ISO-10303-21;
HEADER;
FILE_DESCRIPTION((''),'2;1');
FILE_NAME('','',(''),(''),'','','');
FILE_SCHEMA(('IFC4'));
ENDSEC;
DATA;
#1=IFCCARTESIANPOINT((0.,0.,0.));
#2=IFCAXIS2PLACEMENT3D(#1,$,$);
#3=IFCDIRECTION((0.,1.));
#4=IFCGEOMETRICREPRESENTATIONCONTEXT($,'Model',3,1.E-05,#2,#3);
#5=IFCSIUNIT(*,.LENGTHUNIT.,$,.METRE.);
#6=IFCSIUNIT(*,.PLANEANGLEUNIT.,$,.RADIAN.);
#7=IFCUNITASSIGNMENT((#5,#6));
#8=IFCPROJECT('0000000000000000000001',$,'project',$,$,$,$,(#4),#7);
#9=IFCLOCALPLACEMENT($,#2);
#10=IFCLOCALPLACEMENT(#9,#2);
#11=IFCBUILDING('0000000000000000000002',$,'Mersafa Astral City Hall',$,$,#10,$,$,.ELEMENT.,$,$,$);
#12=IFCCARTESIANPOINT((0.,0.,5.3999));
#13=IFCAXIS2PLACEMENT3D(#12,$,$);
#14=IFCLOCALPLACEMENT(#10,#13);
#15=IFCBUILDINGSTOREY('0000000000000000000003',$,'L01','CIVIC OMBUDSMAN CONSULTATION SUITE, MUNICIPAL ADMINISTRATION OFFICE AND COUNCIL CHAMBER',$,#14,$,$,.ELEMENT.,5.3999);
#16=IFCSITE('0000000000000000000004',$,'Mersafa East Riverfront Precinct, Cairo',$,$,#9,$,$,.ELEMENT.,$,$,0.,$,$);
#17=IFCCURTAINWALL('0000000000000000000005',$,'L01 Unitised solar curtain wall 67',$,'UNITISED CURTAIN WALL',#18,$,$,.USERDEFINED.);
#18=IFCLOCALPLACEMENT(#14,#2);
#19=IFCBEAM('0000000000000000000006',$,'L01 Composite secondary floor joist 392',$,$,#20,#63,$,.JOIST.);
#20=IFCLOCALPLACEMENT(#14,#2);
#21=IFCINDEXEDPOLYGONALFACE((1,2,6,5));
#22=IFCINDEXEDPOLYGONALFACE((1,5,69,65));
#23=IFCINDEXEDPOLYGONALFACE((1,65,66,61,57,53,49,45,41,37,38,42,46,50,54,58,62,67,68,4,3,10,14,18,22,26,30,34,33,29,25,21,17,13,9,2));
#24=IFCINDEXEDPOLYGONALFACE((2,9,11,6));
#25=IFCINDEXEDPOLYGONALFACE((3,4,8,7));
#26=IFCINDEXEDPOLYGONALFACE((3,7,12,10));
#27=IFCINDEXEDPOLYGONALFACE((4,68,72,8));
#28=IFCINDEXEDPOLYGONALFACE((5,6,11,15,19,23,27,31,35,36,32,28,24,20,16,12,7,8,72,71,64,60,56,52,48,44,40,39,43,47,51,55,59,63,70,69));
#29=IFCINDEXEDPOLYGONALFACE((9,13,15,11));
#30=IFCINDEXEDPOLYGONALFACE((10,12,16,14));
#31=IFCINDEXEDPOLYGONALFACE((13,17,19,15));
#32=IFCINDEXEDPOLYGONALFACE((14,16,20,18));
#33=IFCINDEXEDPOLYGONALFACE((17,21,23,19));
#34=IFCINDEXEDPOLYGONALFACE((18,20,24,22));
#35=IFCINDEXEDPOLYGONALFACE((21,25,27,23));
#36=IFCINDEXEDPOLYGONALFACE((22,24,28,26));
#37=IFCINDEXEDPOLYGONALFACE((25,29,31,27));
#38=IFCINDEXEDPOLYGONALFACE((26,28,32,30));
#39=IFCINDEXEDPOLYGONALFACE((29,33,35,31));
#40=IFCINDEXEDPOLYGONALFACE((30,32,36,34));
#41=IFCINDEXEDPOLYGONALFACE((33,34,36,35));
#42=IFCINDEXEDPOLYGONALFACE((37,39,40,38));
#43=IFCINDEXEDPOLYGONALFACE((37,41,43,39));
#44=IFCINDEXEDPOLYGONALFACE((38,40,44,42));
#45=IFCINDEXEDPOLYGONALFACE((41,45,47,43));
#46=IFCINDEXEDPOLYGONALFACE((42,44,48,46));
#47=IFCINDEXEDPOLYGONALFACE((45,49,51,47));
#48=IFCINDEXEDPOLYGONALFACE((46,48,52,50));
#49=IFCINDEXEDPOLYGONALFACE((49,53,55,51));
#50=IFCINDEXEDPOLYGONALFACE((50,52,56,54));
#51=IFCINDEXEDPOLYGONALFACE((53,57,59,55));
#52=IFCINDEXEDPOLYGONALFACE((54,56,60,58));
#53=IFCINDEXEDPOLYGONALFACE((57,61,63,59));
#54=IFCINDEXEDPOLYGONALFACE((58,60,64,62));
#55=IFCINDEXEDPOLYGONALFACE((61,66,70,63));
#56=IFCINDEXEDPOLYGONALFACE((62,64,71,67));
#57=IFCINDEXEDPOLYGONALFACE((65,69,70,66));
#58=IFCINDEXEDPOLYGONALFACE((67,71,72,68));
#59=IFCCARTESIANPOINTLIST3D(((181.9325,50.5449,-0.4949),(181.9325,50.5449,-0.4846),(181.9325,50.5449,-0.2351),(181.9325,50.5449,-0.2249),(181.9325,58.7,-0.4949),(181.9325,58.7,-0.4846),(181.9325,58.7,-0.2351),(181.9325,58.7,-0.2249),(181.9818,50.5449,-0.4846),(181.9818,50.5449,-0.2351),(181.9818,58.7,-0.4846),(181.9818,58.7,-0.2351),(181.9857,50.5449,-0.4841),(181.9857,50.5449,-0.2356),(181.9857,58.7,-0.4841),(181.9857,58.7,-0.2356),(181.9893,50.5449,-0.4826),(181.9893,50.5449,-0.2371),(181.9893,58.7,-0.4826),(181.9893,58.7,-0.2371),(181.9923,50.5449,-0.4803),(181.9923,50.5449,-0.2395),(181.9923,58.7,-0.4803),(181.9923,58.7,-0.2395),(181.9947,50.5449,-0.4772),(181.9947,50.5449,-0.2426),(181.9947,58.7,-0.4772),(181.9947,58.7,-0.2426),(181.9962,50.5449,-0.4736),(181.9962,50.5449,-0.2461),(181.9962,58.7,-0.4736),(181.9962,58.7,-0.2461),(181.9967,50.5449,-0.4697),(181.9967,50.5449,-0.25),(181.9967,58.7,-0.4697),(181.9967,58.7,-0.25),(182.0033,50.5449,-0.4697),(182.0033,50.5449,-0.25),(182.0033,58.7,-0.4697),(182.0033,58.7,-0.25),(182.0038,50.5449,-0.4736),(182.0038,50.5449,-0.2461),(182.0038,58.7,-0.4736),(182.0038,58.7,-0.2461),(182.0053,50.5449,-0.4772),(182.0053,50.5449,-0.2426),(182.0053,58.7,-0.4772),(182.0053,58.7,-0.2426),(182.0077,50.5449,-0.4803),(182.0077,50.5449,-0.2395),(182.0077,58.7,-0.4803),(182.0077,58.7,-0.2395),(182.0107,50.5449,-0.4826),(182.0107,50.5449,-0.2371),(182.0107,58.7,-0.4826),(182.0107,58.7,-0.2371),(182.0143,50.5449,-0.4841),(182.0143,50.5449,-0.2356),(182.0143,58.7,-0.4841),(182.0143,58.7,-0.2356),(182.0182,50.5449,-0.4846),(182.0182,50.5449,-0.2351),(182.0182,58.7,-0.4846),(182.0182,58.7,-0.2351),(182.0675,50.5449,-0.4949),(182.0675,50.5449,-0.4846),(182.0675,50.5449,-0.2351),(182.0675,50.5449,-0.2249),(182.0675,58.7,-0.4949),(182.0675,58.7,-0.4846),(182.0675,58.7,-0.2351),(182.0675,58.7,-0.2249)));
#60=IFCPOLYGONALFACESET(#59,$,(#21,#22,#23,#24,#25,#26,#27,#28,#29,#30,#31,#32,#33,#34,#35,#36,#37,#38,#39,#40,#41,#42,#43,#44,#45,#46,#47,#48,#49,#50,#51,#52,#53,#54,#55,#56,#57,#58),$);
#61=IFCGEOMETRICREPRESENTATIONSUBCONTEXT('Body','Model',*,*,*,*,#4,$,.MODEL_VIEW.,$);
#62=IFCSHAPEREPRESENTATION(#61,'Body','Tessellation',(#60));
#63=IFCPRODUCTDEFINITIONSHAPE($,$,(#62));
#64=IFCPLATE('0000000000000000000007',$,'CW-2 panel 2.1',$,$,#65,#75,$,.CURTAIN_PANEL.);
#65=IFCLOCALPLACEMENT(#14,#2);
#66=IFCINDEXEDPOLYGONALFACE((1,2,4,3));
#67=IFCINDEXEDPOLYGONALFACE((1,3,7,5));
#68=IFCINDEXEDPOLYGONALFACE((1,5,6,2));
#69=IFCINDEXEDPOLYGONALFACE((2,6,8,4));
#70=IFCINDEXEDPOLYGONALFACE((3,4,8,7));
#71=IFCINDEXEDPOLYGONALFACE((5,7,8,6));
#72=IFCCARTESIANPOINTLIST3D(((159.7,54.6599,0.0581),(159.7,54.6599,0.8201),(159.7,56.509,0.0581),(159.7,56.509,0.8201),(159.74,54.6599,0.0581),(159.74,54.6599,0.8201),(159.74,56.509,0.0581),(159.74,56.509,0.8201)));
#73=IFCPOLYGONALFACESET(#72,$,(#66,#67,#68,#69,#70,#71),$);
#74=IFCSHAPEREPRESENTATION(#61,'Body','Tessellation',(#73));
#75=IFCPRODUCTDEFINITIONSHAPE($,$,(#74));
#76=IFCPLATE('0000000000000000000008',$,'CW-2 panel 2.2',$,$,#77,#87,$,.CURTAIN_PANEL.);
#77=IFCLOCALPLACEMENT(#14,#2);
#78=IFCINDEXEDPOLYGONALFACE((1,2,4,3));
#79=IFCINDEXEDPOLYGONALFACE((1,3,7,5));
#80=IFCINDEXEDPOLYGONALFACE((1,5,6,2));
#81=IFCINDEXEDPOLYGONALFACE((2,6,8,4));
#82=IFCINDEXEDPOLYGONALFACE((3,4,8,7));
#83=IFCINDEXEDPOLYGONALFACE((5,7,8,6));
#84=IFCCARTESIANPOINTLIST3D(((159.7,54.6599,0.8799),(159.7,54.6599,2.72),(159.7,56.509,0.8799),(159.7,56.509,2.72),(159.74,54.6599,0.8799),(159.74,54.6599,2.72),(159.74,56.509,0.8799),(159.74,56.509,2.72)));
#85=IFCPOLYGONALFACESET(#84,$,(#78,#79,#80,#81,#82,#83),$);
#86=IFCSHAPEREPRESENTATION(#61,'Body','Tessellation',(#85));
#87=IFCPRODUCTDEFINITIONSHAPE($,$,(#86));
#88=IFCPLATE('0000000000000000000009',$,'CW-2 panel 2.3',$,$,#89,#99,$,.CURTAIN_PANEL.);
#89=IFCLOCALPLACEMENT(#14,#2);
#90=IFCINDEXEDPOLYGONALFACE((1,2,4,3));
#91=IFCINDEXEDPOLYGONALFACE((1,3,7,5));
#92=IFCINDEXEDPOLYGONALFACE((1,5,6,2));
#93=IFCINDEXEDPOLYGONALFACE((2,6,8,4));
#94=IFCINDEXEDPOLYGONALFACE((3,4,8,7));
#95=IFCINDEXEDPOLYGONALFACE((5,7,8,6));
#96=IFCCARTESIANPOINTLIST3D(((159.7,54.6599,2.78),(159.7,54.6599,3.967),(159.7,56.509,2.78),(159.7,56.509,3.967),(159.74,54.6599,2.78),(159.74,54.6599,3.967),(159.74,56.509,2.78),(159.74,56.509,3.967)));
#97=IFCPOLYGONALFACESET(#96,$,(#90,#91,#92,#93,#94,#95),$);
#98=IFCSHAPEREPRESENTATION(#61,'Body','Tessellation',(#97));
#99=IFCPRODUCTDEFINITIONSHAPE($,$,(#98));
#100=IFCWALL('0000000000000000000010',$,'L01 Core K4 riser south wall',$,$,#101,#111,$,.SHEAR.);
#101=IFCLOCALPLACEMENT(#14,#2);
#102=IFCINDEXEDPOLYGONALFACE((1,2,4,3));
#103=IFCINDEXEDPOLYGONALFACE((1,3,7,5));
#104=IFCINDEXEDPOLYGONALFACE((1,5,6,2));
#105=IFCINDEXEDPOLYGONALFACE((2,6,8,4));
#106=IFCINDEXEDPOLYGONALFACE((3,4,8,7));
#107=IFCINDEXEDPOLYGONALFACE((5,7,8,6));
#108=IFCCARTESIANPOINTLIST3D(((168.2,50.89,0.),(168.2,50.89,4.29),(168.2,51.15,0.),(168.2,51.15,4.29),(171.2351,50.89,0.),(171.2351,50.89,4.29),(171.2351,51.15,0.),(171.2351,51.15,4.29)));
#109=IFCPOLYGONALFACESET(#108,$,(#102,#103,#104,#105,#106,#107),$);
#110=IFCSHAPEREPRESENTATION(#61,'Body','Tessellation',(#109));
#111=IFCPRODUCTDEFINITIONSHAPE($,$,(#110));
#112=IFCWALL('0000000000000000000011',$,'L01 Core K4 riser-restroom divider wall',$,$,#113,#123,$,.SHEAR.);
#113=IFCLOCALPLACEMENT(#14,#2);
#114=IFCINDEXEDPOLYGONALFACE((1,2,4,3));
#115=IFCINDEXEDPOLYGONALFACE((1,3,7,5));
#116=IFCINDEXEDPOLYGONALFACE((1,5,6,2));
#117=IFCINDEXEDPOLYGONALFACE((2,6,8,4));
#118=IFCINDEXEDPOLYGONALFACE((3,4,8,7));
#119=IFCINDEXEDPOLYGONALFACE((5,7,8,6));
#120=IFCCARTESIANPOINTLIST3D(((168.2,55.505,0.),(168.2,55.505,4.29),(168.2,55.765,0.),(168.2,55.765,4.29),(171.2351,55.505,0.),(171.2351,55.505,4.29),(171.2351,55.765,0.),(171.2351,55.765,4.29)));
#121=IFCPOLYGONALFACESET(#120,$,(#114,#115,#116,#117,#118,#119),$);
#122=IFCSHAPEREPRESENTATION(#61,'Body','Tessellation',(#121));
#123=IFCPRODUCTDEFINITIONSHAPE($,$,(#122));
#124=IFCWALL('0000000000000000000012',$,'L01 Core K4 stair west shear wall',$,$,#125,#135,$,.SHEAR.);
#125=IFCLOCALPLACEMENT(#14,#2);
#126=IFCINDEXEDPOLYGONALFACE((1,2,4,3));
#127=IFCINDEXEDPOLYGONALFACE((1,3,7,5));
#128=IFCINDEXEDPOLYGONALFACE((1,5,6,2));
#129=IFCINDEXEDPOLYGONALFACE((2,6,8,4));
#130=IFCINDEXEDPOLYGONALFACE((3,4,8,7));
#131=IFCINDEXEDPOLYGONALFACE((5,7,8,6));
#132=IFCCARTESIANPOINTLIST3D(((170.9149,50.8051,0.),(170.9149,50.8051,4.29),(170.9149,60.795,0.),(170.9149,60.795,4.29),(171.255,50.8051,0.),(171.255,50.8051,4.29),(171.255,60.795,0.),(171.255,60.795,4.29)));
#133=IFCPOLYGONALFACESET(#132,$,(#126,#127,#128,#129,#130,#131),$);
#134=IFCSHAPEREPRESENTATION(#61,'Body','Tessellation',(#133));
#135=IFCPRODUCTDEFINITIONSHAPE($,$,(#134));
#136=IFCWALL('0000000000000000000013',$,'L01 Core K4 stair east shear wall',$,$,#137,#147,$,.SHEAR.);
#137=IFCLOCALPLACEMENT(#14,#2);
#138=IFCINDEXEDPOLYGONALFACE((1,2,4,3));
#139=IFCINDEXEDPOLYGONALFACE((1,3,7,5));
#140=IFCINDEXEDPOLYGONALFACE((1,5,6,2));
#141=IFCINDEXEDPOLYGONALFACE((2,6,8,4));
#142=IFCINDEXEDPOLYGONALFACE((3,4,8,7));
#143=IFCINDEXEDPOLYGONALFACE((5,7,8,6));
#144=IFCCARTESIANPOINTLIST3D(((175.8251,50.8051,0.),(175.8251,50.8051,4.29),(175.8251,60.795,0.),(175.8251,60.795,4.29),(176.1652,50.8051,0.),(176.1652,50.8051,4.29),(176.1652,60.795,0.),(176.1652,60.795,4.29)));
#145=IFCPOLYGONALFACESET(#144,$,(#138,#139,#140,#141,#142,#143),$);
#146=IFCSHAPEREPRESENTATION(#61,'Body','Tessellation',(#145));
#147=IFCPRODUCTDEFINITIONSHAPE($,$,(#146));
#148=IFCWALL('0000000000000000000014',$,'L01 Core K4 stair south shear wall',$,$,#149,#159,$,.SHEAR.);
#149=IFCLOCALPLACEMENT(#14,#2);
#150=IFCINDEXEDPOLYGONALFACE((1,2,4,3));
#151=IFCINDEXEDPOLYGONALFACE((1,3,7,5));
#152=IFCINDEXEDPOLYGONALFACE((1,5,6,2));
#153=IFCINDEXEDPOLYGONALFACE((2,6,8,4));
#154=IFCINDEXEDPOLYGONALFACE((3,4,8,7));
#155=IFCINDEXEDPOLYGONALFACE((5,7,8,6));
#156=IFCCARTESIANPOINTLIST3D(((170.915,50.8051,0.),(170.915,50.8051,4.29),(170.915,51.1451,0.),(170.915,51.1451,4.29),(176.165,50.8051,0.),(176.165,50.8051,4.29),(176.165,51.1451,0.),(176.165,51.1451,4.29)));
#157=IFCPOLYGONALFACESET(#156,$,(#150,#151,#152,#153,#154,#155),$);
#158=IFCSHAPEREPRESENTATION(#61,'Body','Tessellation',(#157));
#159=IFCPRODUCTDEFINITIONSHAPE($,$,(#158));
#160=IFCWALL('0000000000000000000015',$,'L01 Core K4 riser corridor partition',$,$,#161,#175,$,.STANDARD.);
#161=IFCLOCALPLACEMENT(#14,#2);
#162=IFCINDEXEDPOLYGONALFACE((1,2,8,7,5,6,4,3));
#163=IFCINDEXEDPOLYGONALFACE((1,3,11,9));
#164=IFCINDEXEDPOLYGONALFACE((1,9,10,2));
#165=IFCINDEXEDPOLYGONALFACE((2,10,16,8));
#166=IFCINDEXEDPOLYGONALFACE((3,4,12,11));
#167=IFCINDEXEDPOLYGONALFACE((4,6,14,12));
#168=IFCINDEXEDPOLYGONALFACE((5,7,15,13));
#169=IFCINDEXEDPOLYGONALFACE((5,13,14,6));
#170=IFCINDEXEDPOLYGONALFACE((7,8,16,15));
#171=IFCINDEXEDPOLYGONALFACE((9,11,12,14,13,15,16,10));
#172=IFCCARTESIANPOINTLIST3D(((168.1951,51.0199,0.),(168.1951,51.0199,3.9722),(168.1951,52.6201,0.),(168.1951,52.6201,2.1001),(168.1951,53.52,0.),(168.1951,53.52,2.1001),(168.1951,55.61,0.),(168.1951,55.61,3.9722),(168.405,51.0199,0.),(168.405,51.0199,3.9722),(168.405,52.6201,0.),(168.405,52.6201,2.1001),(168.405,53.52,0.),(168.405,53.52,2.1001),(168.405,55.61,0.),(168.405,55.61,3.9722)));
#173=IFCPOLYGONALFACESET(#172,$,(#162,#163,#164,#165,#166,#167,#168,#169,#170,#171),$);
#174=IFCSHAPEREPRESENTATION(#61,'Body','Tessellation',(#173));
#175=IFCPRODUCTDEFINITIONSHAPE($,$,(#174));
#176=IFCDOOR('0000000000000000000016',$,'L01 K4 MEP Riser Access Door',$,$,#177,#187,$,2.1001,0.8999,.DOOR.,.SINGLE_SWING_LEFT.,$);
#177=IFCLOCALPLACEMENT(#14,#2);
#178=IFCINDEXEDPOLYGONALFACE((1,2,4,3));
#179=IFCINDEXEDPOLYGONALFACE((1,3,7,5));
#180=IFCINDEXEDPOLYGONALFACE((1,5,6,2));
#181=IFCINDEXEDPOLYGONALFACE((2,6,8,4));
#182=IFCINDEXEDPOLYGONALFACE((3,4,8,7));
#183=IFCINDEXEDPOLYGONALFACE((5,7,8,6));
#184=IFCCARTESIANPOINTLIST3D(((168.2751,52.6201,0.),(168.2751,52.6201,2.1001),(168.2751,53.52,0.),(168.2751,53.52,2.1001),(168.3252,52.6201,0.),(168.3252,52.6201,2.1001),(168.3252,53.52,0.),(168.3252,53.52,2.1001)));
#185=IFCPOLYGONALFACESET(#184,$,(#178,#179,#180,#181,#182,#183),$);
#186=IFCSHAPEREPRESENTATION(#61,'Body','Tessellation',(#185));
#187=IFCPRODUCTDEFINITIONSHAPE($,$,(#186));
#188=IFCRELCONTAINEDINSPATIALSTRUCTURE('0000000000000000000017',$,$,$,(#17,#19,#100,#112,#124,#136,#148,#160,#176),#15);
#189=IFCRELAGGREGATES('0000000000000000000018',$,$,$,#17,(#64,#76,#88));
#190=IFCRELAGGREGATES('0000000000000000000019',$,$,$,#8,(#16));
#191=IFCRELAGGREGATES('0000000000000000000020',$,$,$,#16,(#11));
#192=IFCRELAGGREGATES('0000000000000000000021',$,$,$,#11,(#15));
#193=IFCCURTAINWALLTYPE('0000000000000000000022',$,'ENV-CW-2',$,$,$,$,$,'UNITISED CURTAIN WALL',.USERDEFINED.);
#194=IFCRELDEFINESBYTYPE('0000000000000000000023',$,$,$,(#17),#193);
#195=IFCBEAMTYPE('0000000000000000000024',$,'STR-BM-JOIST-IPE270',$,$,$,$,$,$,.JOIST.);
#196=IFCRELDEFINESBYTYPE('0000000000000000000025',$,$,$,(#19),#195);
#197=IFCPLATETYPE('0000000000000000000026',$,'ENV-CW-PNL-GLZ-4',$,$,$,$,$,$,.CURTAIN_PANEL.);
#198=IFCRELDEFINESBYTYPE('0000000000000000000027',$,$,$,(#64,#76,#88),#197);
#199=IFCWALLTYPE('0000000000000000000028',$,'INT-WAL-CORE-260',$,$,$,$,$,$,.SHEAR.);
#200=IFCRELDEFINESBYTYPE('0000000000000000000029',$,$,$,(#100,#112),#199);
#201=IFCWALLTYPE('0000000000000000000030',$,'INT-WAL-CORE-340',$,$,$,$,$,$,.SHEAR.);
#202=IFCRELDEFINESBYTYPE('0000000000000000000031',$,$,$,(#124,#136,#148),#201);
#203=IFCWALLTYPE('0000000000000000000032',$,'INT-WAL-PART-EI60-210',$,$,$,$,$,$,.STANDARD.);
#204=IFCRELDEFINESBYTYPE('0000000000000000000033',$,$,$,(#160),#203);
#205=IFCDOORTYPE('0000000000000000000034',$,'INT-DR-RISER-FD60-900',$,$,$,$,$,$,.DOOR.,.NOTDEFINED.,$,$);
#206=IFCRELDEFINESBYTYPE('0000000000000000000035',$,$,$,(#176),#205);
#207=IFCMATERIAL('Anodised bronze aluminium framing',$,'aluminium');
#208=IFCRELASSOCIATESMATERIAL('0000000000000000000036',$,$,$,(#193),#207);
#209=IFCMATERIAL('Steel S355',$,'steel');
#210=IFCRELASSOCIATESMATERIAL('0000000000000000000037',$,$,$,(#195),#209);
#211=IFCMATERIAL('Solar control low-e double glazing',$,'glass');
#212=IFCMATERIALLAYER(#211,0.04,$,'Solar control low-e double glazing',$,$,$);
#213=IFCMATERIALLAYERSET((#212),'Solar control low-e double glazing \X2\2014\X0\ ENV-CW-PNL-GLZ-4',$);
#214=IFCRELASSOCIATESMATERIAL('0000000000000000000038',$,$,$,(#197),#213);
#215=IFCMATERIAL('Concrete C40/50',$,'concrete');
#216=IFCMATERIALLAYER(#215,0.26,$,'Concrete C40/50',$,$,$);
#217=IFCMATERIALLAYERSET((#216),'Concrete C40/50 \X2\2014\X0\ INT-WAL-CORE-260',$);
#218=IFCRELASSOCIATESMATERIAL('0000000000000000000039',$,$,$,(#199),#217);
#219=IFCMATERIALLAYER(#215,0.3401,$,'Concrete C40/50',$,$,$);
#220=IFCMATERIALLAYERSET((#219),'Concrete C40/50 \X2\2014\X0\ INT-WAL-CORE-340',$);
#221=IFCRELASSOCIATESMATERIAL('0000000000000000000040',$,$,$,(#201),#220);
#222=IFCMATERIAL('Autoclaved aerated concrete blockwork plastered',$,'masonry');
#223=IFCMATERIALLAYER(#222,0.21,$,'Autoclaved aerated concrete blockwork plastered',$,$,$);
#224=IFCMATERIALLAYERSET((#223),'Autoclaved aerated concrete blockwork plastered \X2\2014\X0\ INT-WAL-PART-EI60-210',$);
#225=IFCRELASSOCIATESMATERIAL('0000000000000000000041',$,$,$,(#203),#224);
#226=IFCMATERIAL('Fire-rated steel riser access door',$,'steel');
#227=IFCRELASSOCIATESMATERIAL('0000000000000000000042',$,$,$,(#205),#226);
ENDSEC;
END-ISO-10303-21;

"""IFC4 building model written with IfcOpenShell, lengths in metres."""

from ifc_helpers import new_model, si_unit, direction, frame, frame_2d, origin, origin_2d, place, context, subcontext, project, spatial, rectangle, i_section, extrude, material, layer, layer_set, material_profile, profile_set, type_object, element, fill, aggregate, save


model = new_model("IFC4")

# Units and contexts
model_context = context("Model", 3, precision=1e-05, world=origin(), true_north=direction((0.0, 1.0)))
body_context = subcontext(model_context, "Body", "Model", "MODEL_VIEW")
ifc_project = project(units=[si_unit("LENGTHUNIT", "METRE"), si_unit("PLANEANGLEUNIT", "RADIAN")], contexts=[model_context])

# Site, building, storey
site_placement = place(None, origin())
site = spatial("IfcSite", under=ifc_project, at=site_placement, Name="Mersafa East Riverfront Precinct, Cairo", CompositionType="ELEMENT", RefElevation=0.0)
building_placement = place(site_placement, origin())
building = spatial("IfcBuilding", under=site, at=building_placement, Name="Mersafa Astral City Hall", CompositionType="ELEMENT")
storey_placement = place(building_placement, frame((0.0, 0.0, 5.3999)))
storey = spatial("IfcBuildingStorey", under=building, at=storey_placement, Name="L01", Description="CIVIC OMBUDSMAN CONSULTATION SUITE, MUNICIPAL ADMINISTRATION OFFICE AND COUNCIL CHAMBER", CompositionType="ELEMENT", Elevation=5.3999)

# Shared definitions
ifc_material_1 = material(Name="Steel S355", Category="steel")

# Curtain wall
ifc_material_2 = material(Name="Anodised bronze aluminium framing", Category="aluminium")
curtain_wall_type = type_object("IfcCurtainWallType", Name="ENV-CW-2", ElementType="UNITISED CURTAIN WALL", PredefinedType="USERDEFINED", material=ifc_material_2)
curtain_wall_placement = place(storey_placement, origin())
curtain_wall = element("IfcCurtainWall", 1, at=curtain_wall_placement, inside=storey, type_object=curtain_wall_type, Name="L01 Unitised solar curtain wall 67", ObjectType="UNITISED CURTAIN WALL", PredefinedType="USERDEFINED")

# Beam
ifc_material_profile_1 = material_profile(ifc_material_1, i_section(OverallWidth=0.135, OverallDepth=0.27, WebThickness=0.0066, FlangeThickness=0.0103, FilletRadius=0.0149, at=origin_2d()), Name="IPE 270")
ifc_profile_set_1 = profile_set([ifc_material_profile_1], Name="Steel S355")
beam_type_1 = type_object("IfcBeamType", Name="STR-BM-JOIST-IPE270", PredefinedType="JOIST", material=ifc_profile_set_1)
for number, where, z_axis, x_axis, name in (
    (2, (182.0, 50.5449, -0.3599), (0.0, 1.0, 0.0), (-1.0, 0.0, 0.0), "L01 Composite secondary floor joist 392"),
):
    element("IfcBeam", number, at=place(storey_placement, frame(where, z_axis=z_axis, x_axis=x_axis)), inside=storey, type_object=beam_type_1, Name=name, PredefinedType="JOIST", context=body_context, shape_type="SweptSolid", body=[
        extrude(i_section(OverallWidth=0.135, OverallDepth=0.27, WebThickness=0.0066, FlangeThickness=0.0103, FilletRadius=0.0149, at=origin_2d()), origin(), (0.0, 0.0, 1.0), 8.155),
    ])

# Plates
ifc_material_3 = material(Name="Solar control low-e double glazing", Category="glass")
ifc_layer_1 = layer(ifc_material_3, 0.04, Name="Solar control low-e double glazing")
ifc_layer_set_1 = layer_set([ifc_layer_1], Name="Solar control low-e double glazing — ENV-CW-PNL-GLZ-4")
plate_type = type_object("IfcPlateType", Name="ENV-CW-PNL-GLZ-4", PredefinedType="CURTAIN_PANEL", material=ifc_layer_set_1)
plate_1_placement = place(storey_placement, frame((159.72, 55.5845, 0.0581), z_axis=(0.0, 0.0, 1.0), x_axis=(0.0, -1.0, 0.0)))
plate_1 = element("IfcPlate", 3, at=plate_1_placement, type_object=plate_type, Name="CW-2 panel 2.1", PredefinedType="CURTAIN_PANEL", context=body_context, shape_type="SweptSolid", body=[
    extrude(rectangle(XDim=1.8491, YDim=0.04, at=origin_2d()), origin(), (0.0, 0.0, 1.0), 0.762),
])
plate_2_placement = place(storey_placement, frame((159.72, 55.5845, 0.8799), z_axis=(0.0, 0.0, 1.0), x_axis=(0.0, -1.0, 0.0)))
plate_2 = element("IfcPlate", 4, at=plate_2_placement, type_object=plate_type, Name="CW-2 panel 2.2", PredefinedType="CURTAIN_PANEL", context=body_context, shape_type="SweptSolid", body=[
    extrude(rectangle(XDim=1.8491, YDim=0.04, at=origin_2d()), origin(), (0.0, 0.0, 1.0), 1.8401),
])
plate_3_placement = place(storey_placement, frame((159.72, 55.5845, 2.78), z_axis=(0.0, 0.0, 1.0), x_axis=(0.0, -1.0, 0.0)))
plate_3 = element("IfcPlate", 5, at=plate_3_placement, type_object=plate_type, Name="CW-2 panel 2.3", PredefinedType="CURTAIN_PANEL", context=body_context, shape_type="SweptSolid", body=[
    extrude(rectangle(XDim=1.8491, YDim=0.04, at=origin_2d()), origin(), (0.0, 0.0, 1.0), 1.187),
])
aggregate(curtain_wall, [plate_1, plate_2, plate_3])

# Walls
ifc_material_4 = material(Name="Concrete C40/50", Category="concrete")
ifc_layer_2 = layer(ifc_material_4, 0.26, Name="Concrete C40/50")
ifc_layer_set_2 = layer_set([ifc_layer_2], Name="Concrete C40/50 — INT-WAL-CORE-260")
wall_type_1 = type_object("IfcWallType", Name="INT-WAL-CORE-260", PredefinedType="SHEAR", material=ifc_layer_set_2)
for number, where, z_axis, x_axis, name in (
    (6, (168.2, 51.02, 0.0), (0.0, 0.0, 1.0), (1.0, 0.0, 0.0), "L01 Core K4 riser south wall"),
    (7, (168.2, 55.635, 0.0), (0.0, 0.0, 1.0), (1.0, 0.0, 0.0), "L01 Core K4 riser-restroom divider wall"),
):
    element("IfcWall", number, at=place(storey_placement, frame(where, z_axis=z_axis, x_axis=x_axis)), inside=storey, type_object=wall_type_1, Name=name, PredefinedType="SHEAR", context=body_context, shape_type="SweptSolid", body=[
        extrude(rectangle(XDim=3.0352, YDim=0.26, at=frame_2d((1.5176, 0.0))), origin(), (0.0, 0.0, 1.0), 4.29),
    ])
ifc_layer_3 = layer(ifc_material_4, 0.3401, Name="Concrete C40/50")
ifc_layer_set_3 = layer_set([ifc_layer_3], Name="Concrete C40/50 — INT-WAL-CORE-340")
wall_type_2 = type_object("IfcWallType", Name="INT-WAL-CORE-340", PredefinedType="SHEAR", material=ifc_layer_set_3)
for number, where, z_axis, x_axis, name in (
    (8, (171.085, 50.8049, 0.0), (0.0, 0.0, 1.0), (0.0, 1.0, 0.0), "L01 Core K4 stair west shear wall"),
    (9, (175.9951, 50.8049, 0.0), (0.0, 0.0, 1.0), (0.0, 1.0, 0.0), "L01 Core K4 stair east shear wall"),
):
    element("IfcWall", number, at=place(storey_placement, frame(where, z_axis=z_axis, x_axis=x_axis)), inside=storey, type_object=wall_type_2, Name=name, PredefinedType="SHEAR", context=body_context, shape_type="SweptSolid", body=[
        extrude(rectangle(XDim=9.99, YDim=0.3401, at=frame_2d((4.9951, 0.0))), origin(), (0.0, 0.0, 1.0), 4.29),
    ])
wall_1_placement = place(storey_placement, frame((170.915, 50.9751, 0.0), z_axis=(0.0, 0.0, 1.0), x_axis=(1.0, 0.0, 0.0)))
element("IfcWall", 10, at=wall_1_placement, inside=storey, type_object=wall_type_2, Name="L01 Core K4 stair south shear wall", PredefinedType="SHEAR", context=body_context, shape_type="SweptSolid", body=[
    extrude(rectangle(XDim=5.25, YDim=0.3401, at=frame_2d((2.625, 0.0))), origin(), (0.0, 0.0, 1.0), 4.29),
])

# Wall, opening, door
ifc_material_5 = material(Name="Autoclaved aerated concrete blockwork plastered", Category="masonry")
ifc_layer_4 = layer(ifc_material_5, 0.21, Name="Autoclaved aerated concrete blockwork plastered")
ifc_layer_set_4 = layer_set([ifc_layer_4], Name="Autoclaved aerated concrete blockwork plastered — INT-WAL-PART-EI60-210")
wall_type_3 = type_object("IfcWallType", Name="INT-WAL-PART-EI60-210", PredefinedType="STANDARD", material=ifc_layer_set_4)
wall_2_placement = place(storey_placement, frame((168.3, 51.02, 0.0), z_axis=(0.0, 0.0, 1.0), x_axis=(0.0, 1.0, 0.0)))
wall_2 = element("IfcWall", 11, at=wall_2_placement, inside=storey, type_object=wall_type_3, Name="L01 Core K4 riser corridor partition", PredefinedType="STANDARD", context=body_context, shape_type="SweptSolid", body=[
    extrude(rectangle(XDim=4.5901, YDim=0.21, at=frame_2d((2.2949, 0.0))), origin(), (0.0, 0.0, 1.0), 3.9722),
])
opening_1_placement = place(wall_2_placement, frame((1.6001, 0.0, 0.0)))
opening_1 = element("IfcOpeningElement", 12, at=opening_1_placement, cuts=wall_2, PredefinedType="OPENING", context=body_context, shape_type="SweptSolid", body=[
    extrude(rectangle(XDim=0.8999, YDim=2.1001, at=frame_2d((0.45, 1.05))), frame((0.0, 0.115, 0.0), z_axis=(0.0, -1.0, 0.0), x_axis=(1.0, 0.0, 0.0)), (0.0, 0.0, 1.0), 0.23),
])
ifc_material_6 = material(Name="Fire-rated steel riser access door", Category="steel")
door_type_1 = type_object("IfcDoorType", Name="INT-DR-RISER-FD60-900", OperationType="NOTDEFINED", PredefinedType="DOOR", material=ifc_material_6)
door_1_placement = place(opening_1_placement, origin())
door_1 = element("IfcDoor", 13, at=door_1_placement, inside=storey, type_object=door_type_1, Name="L01 K4 MEP Riser Access Door", OperationType="SINGLE_SWING_LEFT", OverallHeight=2.1001, OverallWidth=0.8999, PredefinedType="DOOR", context=body_context, shape_type="SweptSolid", body=[
    extrude(rectangle(XDim=0.8999, YDim=2.1001, at=frame_2d((0.45, 1.05))), frame((0.0, 0.0249, 0.0), z_axis=(0.0, -1.0, 0.0), x_axis=(1.0, 0.0, 0.0)), (0.0, 0.0, 1.0), 0.05),
])
fill(opening_1, door_1)

save(model, "model.ifc")
